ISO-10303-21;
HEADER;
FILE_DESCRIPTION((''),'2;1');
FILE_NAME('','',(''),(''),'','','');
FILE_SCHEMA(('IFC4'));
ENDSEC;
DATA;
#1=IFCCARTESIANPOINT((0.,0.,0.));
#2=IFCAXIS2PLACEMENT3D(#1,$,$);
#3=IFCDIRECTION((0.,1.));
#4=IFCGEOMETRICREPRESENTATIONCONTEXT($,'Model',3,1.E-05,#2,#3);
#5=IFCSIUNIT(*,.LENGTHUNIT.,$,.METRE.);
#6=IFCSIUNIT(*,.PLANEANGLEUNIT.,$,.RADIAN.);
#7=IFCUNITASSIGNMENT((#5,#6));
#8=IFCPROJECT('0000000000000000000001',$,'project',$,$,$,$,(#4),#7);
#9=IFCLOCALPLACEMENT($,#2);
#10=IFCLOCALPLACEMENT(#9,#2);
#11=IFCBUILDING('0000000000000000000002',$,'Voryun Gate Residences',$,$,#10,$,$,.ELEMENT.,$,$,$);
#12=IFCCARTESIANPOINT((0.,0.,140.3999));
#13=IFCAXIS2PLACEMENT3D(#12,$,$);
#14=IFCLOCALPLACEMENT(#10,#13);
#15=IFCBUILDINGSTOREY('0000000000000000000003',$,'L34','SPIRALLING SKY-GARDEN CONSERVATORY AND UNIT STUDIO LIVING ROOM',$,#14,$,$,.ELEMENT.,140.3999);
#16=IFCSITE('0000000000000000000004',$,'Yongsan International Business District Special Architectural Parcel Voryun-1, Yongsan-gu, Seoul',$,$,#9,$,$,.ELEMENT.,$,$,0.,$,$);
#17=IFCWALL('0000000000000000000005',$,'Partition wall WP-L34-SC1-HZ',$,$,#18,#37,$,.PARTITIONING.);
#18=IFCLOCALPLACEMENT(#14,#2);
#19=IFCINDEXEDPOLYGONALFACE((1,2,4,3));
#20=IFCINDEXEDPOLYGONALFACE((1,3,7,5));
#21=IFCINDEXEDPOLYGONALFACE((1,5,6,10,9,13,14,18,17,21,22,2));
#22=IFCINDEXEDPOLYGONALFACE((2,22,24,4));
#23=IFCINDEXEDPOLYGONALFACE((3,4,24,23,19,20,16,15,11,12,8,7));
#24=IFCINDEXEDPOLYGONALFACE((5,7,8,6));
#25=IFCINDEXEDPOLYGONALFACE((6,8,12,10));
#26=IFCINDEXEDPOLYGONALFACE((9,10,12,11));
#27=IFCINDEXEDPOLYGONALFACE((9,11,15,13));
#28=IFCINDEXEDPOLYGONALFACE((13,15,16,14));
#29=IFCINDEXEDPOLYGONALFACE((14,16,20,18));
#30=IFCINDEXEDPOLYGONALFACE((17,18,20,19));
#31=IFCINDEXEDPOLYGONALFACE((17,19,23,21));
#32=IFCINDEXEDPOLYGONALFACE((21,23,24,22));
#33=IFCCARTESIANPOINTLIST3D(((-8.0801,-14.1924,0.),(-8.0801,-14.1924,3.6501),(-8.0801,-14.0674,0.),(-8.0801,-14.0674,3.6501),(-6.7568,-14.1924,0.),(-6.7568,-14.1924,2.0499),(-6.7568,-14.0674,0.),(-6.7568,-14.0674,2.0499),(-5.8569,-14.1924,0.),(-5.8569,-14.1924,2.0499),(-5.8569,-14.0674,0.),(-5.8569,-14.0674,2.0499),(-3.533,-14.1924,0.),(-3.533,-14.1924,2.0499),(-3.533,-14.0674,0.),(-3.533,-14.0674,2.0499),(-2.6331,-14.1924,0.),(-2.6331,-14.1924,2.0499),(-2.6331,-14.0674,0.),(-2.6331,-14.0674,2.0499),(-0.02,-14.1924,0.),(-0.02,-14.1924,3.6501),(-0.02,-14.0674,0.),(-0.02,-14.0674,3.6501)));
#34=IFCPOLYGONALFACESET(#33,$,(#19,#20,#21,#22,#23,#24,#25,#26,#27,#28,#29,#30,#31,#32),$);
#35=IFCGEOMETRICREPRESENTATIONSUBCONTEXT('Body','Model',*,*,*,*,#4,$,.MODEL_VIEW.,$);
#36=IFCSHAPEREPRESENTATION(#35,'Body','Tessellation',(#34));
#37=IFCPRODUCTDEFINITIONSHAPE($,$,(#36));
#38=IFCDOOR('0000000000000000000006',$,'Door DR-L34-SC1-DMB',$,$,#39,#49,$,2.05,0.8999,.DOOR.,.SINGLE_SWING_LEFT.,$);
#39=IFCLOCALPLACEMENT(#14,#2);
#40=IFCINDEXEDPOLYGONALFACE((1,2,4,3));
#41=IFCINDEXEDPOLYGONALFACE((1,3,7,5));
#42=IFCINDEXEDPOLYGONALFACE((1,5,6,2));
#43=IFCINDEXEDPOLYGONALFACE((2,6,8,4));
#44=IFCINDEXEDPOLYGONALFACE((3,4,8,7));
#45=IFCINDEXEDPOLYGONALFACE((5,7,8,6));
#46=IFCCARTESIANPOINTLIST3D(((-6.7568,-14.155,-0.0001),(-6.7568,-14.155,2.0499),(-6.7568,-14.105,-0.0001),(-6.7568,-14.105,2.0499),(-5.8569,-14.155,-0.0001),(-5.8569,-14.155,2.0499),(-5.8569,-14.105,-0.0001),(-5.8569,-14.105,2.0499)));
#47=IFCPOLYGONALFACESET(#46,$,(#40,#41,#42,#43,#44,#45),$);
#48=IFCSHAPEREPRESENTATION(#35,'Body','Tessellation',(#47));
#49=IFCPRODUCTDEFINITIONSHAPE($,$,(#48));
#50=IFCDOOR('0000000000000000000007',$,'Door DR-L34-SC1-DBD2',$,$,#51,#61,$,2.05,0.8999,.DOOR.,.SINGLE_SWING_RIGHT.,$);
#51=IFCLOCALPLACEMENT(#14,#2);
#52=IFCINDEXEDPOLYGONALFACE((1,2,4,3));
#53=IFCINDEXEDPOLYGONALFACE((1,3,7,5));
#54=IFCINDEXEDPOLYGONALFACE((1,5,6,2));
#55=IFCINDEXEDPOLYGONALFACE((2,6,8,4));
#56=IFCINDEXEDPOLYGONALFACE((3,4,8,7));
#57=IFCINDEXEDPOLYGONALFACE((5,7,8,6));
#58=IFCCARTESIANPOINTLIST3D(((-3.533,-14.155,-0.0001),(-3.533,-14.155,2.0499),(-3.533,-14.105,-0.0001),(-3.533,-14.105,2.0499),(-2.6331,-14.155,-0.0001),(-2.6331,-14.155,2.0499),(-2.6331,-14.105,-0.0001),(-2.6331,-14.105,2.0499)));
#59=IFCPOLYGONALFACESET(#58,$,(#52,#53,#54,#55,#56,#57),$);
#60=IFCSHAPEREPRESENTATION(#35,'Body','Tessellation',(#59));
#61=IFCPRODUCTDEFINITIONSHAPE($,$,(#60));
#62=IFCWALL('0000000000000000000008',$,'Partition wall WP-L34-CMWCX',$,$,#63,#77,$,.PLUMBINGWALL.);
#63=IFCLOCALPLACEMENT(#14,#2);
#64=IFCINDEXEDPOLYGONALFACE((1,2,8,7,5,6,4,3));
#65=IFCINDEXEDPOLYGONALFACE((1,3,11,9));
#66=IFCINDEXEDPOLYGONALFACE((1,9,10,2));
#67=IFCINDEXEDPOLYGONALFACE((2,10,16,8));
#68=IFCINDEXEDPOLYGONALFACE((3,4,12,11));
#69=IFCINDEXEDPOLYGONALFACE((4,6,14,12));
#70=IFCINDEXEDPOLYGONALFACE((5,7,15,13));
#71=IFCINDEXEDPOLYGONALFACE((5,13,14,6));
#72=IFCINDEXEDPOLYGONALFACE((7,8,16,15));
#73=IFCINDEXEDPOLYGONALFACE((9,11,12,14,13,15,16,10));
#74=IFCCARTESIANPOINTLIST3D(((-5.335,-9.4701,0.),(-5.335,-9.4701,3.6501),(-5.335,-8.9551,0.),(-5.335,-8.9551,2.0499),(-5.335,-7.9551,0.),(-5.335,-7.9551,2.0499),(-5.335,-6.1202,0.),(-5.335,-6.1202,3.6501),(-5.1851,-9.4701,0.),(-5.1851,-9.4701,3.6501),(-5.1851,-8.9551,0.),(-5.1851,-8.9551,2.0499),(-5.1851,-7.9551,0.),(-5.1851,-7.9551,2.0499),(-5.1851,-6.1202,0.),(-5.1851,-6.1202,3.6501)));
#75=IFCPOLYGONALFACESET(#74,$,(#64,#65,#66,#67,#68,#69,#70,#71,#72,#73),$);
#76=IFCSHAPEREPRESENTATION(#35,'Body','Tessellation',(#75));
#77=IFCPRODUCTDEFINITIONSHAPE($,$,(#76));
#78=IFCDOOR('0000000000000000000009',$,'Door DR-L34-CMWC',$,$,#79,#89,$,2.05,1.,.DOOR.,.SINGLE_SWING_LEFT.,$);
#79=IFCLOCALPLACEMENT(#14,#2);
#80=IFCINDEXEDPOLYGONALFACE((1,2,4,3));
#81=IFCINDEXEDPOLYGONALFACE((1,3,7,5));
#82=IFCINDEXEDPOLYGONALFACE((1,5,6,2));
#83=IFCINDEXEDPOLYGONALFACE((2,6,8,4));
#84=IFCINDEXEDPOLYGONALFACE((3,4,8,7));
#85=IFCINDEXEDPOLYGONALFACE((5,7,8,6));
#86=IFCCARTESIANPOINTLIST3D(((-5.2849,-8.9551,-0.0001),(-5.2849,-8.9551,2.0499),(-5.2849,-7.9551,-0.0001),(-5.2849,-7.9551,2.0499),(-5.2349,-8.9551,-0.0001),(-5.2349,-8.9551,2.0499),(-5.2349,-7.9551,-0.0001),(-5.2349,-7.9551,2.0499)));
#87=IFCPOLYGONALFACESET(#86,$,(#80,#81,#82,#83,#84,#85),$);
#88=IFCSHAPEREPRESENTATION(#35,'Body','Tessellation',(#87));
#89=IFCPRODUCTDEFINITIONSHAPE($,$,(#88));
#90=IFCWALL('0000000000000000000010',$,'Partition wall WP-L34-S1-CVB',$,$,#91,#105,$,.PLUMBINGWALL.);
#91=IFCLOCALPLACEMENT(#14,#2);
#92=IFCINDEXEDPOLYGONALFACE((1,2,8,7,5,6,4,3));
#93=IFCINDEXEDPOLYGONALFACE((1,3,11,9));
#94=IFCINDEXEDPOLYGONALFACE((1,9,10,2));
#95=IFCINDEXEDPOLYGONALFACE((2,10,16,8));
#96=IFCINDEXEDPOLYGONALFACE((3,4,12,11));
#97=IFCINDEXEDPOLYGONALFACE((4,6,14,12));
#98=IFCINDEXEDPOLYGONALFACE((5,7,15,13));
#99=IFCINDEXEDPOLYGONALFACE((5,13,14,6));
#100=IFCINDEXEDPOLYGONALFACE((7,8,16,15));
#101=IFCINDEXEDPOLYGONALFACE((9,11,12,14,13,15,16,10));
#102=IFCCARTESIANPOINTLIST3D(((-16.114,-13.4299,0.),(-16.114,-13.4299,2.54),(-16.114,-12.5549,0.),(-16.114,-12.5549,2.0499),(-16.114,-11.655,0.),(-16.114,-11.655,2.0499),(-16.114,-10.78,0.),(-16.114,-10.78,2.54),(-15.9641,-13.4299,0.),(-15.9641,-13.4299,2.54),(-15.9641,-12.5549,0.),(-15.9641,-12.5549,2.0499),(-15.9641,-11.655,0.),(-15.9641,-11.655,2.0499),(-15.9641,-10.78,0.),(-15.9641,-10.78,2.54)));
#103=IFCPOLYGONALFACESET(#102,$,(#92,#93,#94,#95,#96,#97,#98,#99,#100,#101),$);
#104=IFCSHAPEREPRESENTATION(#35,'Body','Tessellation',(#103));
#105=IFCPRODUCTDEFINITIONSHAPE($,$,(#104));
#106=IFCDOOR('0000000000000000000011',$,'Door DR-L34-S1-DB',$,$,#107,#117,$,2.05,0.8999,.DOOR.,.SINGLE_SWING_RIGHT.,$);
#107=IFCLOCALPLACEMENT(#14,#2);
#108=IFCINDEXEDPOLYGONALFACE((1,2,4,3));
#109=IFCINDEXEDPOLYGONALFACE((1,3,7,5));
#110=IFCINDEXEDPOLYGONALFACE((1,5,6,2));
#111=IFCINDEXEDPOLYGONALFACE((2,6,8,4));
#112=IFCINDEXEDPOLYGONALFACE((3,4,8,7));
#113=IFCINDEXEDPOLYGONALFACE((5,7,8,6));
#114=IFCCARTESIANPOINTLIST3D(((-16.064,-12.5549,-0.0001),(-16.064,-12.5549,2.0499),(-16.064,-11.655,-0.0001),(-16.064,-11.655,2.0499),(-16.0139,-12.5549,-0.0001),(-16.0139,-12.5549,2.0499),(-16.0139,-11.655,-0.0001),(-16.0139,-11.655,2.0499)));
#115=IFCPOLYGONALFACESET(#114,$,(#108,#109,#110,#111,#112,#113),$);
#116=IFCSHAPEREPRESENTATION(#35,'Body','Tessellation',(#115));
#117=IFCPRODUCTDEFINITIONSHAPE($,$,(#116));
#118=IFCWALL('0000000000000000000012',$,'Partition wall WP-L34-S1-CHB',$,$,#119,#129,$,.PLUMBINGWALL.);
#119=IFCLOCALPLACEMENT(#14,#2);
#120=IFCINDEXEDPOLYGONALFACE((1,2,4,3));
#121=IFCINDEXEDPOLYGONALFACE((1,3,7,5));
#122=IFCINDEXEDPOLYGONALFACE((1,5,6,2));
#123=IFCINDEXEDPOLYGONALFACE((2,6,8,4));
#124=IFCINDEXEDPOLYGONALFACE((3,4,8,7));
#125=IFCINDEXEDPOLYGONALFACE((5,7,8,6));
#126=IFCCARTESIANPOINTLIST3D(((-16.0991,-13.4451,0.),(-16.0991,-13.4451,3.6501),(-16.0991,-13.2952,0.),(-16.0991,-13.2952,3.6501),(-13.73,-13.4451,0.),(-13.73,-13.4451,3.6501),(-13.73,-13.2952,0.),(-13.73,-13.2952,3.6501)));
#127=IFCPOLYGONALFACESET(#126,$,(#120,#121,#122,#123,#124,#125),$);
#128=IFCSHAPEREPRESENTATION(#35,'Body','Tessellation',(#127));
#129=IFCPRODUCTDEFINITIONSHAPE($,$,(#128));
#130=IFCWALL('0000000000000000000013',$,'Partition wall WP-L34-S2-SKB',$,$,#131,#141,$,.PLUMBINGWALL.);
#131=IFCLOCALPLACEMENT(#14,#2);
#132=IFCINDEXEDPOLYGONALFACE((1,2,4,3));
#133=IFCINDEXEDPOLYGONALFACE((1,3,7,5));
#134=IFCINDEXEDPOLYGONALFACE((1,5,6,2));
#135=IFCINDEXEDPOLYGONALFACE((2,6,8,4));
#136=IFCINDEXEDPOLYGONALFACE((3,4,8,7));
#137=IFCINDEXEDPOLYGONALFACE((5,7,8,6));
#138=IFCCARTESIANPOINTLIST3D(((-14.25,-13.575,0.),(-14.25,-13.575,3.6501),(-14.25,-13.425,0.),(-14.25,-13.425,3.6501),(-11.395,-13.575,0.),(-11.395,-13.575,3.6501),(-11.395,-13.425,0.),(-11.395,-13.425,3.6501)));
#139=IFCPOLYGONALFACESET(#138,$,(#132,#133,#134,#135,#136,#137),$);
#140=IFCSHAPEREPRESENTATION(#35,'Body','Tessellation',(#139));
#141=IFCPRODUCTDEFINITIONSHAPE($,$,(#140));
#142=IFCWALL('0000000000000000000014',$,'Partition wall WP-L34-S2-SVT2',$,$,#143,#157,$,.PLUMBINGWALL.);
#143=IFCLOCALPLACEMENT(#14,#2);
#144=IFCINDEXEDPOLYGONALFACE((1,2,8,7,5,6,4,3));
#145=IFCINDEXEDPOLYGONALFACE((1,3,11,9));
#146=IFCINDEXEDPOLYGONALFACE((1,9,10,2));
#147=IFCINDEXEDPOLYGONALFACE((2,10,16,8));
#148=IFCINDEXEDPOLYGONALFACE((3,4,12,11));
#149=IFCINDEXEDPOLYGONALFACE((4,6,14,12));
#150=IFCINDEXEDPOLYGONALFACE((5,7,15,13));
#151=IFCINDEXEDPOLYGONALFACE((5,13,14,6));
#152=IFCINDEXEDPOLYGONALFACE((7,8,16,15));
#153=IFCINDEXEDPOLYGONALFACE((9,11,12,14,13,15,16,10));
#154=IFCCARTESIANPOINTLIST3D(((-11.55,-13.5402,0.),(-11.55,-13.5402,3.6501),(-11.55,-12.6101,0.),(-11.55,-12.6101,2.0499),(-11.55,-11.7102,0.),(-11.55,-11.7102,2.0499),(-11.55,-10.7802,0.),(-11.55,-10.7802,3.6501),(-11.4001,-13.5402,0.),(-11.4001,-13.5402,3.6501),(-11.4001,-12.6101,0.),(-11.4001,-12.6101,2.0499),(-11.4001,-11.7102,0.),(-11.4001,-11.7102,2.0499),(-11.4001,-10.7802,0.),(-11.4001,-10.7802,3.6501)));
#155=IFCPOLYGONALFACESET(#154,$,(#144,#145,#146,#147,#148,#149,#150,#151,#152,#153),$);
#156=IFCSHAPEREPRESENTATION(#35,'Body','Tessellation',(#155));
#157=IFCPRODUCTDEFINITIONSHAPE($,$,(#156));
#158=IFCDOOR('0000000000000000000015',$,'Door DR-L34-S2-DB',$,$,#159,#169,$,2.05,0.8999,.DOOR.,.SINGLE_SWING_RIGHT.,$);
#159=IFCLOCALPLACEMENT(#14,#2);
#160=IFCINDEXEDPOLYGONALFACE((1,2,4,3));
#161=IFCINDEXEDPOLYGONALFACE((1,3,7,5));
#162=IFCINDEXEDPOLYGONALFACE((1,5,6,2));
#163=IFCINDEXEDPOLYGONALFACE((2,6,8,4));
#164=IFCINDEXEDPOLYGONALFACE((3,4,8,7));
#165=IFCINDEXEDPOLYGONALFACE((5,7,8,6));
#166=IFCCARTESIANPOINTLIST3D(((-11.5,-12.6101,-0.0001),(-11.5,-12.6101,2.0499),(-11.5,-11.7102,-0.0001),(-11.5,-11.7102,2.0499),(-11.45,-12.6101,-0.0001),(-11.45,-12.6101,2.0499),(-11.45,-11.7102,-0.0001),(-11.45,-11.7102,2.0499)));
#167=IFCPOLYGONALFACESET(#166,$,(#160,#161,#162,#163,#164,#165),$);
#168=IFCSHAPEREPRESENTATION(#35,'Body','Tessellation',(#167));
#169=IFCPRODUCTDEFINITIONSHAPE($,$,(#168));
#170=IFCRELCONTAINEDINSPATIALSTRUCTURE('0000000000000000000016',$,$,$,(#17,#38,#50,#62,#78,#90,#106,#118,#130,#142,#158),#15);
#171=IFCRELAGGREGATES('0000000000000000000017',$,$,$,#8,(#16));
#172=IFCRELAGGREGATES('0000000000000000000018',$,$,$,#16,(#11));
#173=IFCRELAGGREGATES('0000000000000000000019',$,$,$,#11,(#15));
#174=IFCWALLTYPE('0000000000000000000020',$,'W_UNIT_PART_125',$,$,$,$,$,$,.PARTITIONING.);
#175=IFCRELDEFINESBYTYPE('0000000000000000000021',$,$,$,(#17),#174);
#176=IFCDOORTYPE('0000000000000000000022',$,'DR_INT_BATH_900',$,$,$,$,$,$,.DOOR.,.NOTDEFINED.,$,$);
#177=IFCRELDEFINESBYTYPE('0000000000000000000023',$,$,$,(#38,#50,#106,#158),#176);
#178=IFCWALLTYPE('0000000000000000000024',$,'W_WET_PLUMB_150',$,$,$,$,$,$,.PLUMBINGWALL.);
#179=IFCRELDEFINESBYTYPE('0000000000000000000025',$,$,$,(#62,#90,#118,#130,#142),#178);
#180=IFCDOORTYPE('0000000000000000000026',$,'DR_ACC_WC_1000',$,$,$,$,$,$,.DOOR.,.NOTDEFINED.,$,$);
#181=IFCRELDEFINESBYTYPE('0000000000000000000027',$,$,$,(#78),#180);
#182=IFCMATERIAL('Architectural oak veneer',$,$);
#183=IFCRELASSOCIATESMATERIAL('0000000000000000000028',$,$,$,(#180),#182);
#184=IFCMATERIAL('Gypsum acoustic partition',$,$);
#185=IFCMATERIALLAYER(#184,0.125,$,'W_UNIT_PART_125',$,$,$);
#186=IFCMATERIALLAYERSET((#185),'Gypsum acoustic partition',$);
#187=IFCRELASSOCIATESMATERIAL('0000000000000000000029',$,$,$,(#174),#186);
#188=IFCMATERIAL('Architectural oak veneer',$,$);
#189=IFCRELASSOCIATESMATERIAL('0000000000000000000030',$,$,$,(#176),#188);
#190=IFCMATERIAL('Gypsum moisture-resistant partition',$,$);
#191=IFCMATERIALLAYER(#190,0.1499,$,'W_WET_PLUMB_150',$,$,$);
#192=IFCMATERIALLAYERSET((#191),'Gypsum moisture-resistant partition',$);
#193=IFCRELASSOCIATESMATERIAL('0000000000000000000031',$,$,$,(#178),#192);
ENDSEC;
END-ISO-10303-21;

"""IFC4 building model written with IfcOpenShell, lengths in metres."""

from ifc_helpers import new_model, si_unit, direction, frame, frame_2d, origin, place, context, subcontext, project, spatial, rectangle, extrude, material, layer, layer_set, type_object, element, fill, save


model = new_model("IFC4")

# Units and contexts
model_context = context("Model", 3, precision=1e-05, world=origin(), true_north=direction((0.0, 1.0)))
body_context = subcontext(model_context, "Body", "Model", "MODEL_VIEW")
ifc_project = project(units=[si_unit("LENGTHUNIT", "METRE"), si_unit("PLANEANGLEUNIT", "RADIAN")], contexts=[model_context])

# Site, building, storey
site_placement = place(None, origin())
site = spatial("IfcSite", under=ifc_project, at=site_placement, Name="Yongsan International Business District Special Architectural Parcel Voryun-1, Yongsan-gu, Seoul", CompositionType="ELEMENT", RefElevation=0.0)
building_placement = place(site_placement, origin())
building = spatial("IfcBuilding", under=site, at=building_placement, Name="Voryun Gate Residences", CompositionType="ELEMENT")
storey_placement = place(building_placement, frame((0.0, 0.0, 140.3999)))
storey = spatial("IfcBuildingStorey", under=building, at=storey_placement, Name="L34", Description="SPIRALLING SKY-GARDEN CONSERVATORY AND UNIT STUDIO LIVING ROOM", CompositionType="ELEMENT", Elevation=140.3999)

# Shared definitions
ifc_material_1 = material(Name="Architectural oak veneer")
door_type_1 = type_object("IfcDoorType", Name="DR_ACC_WC_1000", OperationType="NOTDEFINED", PredefinedType="DOOR", material=ifc_material_1)
ifc_material_2 = material(Name="Gypsum acoustic partition")
ifc_layer_1 = layer(ifc_material_2, 0.125, Name="W_UNIT_PART_125")
ifc_layer_set_1 = layer_set([ifc_layer_1], Name="Gypsum acoustic partition")
wall_type_1 = type_object("IfcWallType", Name="W_UNIT_PART_125", PredefinedType="PARTITIONING", material=ifc_layer_set_1)
ifc_material_3 = material(Name="Architectural oak veneer")
door_type_2 = type_object("IfcDoorType", Name="DR_INT_BATH_900", OperationType="NOTDEFINED", PredefinedType="DOOR", material=ifc_material_3)

# Wall, openings, doors
wall_1_placement = place(storey_placement, frame((-8.0801, -14.1299, 0.0), z_axis=(0.0, 0.0, 1.0), x_axis=(1.0, 0.0, 0.0)))
wall_1 = element("IfcWall", 1, at=wall_1_placement, inside=storey, type_object=wall_type_1, Name="Partition wall WP-L34-SC1-HZ", PredefinedType="PARTITIONING", context=body_context, shape_type="SweptSolid", body=[
    extrude(rectangle(XDim=8.0601, YDim=0.125, at=frame_2d((4.03, 0.0))), origin(), (0.0, 0.0, 1.0), 3.6501),
])
opening_1_placement = place(wall_1_placement, frame((1.3232, 0.0, 0.0)))
opening_1 = element("IfcOpeningElement", 2, at=opening_1_placement, cuts=wall_1, PredefinedType="OPENING", context=body_context, shape_type="SweptSolid", body=[
    extrude(rectangle(XDim=0.8999, YDim=2.05, at=frame_2d((0.45, 1.0249))), frame((0.0, 0.0725, 0.0), z_axis=(0.0, -1.0, 0.0), x_axis=(1.0, 0.0, 0.0)), (0.0, 0.0, 1.0), 0.145),
])
opening_2_placement = place(wall_1_placement, frame((4.5471, 0.0, 0.0)))
opening_2 = element("IfcOpeningElement", 3, at=opening_2_placement, cuts=wall_1, PredefinedType="OPENING", context=body_context, shape_type="SweptSolid", body=[
    extrude(rectangle(XDim=0.8999, YDim=2.05, at=frame_2d((0.45, 1.0249))), frame((0.0, 0.0725, 0.0), z_axis=(0.0, -1.0, 0.0), x_axis=(1.0, 0.0, 0.0)), (0.0, 0.0, 1.0), 0.145),
])
door_1_placement = place(opening_1_placement, origin())
door_1 = element("IfcDoor", 4, at=door_1_placement, inside=storey, type_object=door_type_2, Name="Door DR-L34-SC1-DMB", OperationType="SINGLE_SWING_LEFT", OverallHeight=2.05, OverallWidth=0.8999, PredefinedType="DOOR", context=body_context, shape_type="SweptSolid", body=[
    extrude(rectangle(XDim=0.8999, YDim=2.05, at=frame_2d((0.45, 1.0249))), frame((0.0, 0.0249, 0.0), z_axis=(0.0, -1.0, 0.0), x_axis=(1.0, 0.0, 0.0)), (0.0, 0.0, 1.0), 0.05),
])
fill(opening_1, door_1)
door_2_placement = place(opening_2_placement, origin())
door_2 = element("IfcDoor", 5, at=door_2_placement, inside=storey, type_object=door_type_2, Name="Door DR-L34-SC1-DBD2", OperationType="SINGLE_SWING_RIGHT", OverallHeight=2.05, OverallWidth=0.8999, PredefinedType="DOOR", context=body_context, shape_type="SweptSolid", body=[
    extrude(rectangle(XDim=0.8999, YDim=2.05, at=frame_2d((0.45, 1.0249))), frame((0.0, 0.0249, 0.0), z_axis=(0.0, -1.0, 0.0), x_axis=(1.0, 0.0, 0.0)), (0.0, 0.0, 1.0), 0.05),
])
fill(opening_2, door_2)

# Walls, openings, doors
ifc_material_4 = material(Name="Gypsum moisture-resistant partition")
ifc_layer_2 = layer(ifc_material_4, 0.1499, Name="W_WET_PLUMB_150")
ifc_layer_set_2 = layer_set([ifc_layer_2], Name="Gypsum moisture-resistant partition")
wall_type_2 = type_object("IfcWallType", Name="W_WET_PLUMB_150", PredefinedType="PLUMBINGWALL", material=ifc_layer_set_2)
wall_2_placement = place(storey_placement, frame((-5.26, -9.47, 0.0), z_axis=(0.0, 0.0, 1.0), x_axis=(0.0, 1.0, 0.0)))
wall_2 = element("IfcWall", 6, at=wall_2_placement, inside=storey, type_object=wall_type_2, Name="Partition wall WP-L34-CMWCX", PredefinedType="PLUMBINGWALL", context=body_context, shape_type="SweptSolid", body=[
    extrude(rectangle(XDim=3.3499, YDim=0.1499, at=frame_2d((1.6748, 0.0))), origin(), (0.0, 0.0, 1.0), 3.6501),
])
opening_3_placement = place(wall_2_placement, frame((0.5149, 0.0, 0.0)))
opening_3 = element("IfcOpeningElement", 7, at=opening_3_placement, cuts=wall_2, PredefinedType="OPENING", context=body_context, shape_type="SweptSolid", body=[
    extrude(rectangle(XDim=1.0, YDim=2.05, at=frame_2d((0.5, 1.0249))), frame((0.0, 0.085, 0.0), z_axis=(0.0, -1.0, 0.0), x_axis=(1.0, 0.0, 0.0)), (0.0, 0.0, 1.0), 0.1699),
])
door_3_placement = place(opening_3_placement, origin())
door_3 = element("IfcDoor", 8, at=door_3_placement, inside=storey, type_object=door_type_1, Name="Door DR-L34-CMWC", OperationType="SINGLE_SWING_LEFT", OverallHeight=2.05, OverallWidth=1.0, PredefinedType="DOOR", context=body_context, shape_type="SweptSolid", body=[
    extrude(rectangle(XDim=1.0, YDim=2.05, at=frame_2d((0.5, 1.0249))), frame((0.0, 0.0249, 0.0), z_axis=(0.0, -1.0, 0.0), x_axis=(1.0, 0.0, 0.0)), (0.0, 0.0, 1.0), 0.05),
])
fill(opening_3, door_3)
wall_3_placement = place(storey_placement, frame((-16.0391, -13.4299, 0.0), z_axis=(0.0, 0.0, 1.0), x_axis=(0.0, 1.0, 0.0)))
wall_3 = element("IfcWall", 9, at=wall_3_placement, inside=storey, type_object=wall_type_2, Name="Partition wall WP-L34-S1-CVB", PredefinedType="PLUMBINGWALL", context=body_context, shape_type="SweptSolid", body=[
    extrude(rectangle(XDim=2.6499, YDim=0.1499, at=frame_2d((1.325, 0.0))), origin(), (0.0, 0.0, 1.0), 2.54),
])
opening_4_placement = place(wall_3_placement, frame((0.875, 0.0, 0.0)))
opening_4 = element("IfcOpeningElement", 10, at=opening_4_placement, cuts=wall_3, PredefinedType="OPENING", context=body_context, shape_type="SweptSolid", body=[
    extrude(rectangle(XDim=0.8999, YDim=2.05, at=frame_2d((0.45, 1.0249))), frame((0.0, 0.085, 0.0), z_axis=(0.0, -1.0, 0.0), x_axis=(1.0, 0.0, 0.0)), (0.0, 0.0, 1.0), 0.1699),
])
door_4_placement = place(opening_4_placement, origin())
door_4 = element("IfcDoor", 11, at=door_4_placement, inside=storey, type_object=door_type_2, Name="Door DR-L34-S1-DB", OperationType="SINGLE_SWING_RIGHT", OverallHeight=2.05, OverallWidth=0.8999, PredefinedType="DOOR", context=body_context, shape_type="SweptSolid", body=[
    extrude(rectangle(XDim=0.8999, YDim=2.05, at=frame_2d((0.45, 1.0249))), frame((0.0, 0.0249, 0.0), z_axis=(0.0, -1.0, 0.0), x_axis=(1.0, 0.0, 0.0)), (0.0, 0.0, 1.0), 0.05),
])
fill(opening_4, door_4)

# Walls
wall_4_placement = place(storey_placement, frame((-16.0991, -13.3701, 0.0), z_axis=(0.0, 0.0, 1.0), x_axis=(1.0, 0.0, 0.0)))
element("IfcWall", 12, at=wall_4_placement, inside=storey, type_object=wall_type_2, Name="Partition wall WP-L34-S1-CHB", PredefinedType="PLUMBINGWALL", context=body_context, shape_type="SweptSolid", body=[
    extrude(rectangle(XDim=2.3691, YDim=0.1499, at=frame_2d((1.1846, 0.0))), origin(), (0.0, 0.0, 1.0), 3.6501),
])
wall_5_placement = place(storey_placement, frame((-14.25, -13.5, 0.0), z_axis=(0.0, 0.0, 1.0), x_axis=(1.0, 0.0, 0.0)))
element("IfcWall", 13, at=wall_5_placement, inside=storey, type_object=wall_type_2, Name="Partition wall WP-L34-S2-SKB", PredefinedType="PLUMBINGWALL", context=body_context, shape_type="SweptSolid", body=[
    extrude(rectangle(XDim=2.855, YDim=0.1499, at=frame_2d((1.4275, 0.0))), origin(), (0.0, 0.0, 1.0), 3.6501),
])

# Wall, opening, door
wall_6_placement = place(storey_placement, frame((-11.4751, -13.54, 0.0), z_axis=(0.0, 0.0, 1.0), x_axis=(0.0, 1.0, 0.0)))
wall_6 = element("IfcWall", 14, at=wall_6_placement, inside=storey, type_object=wall_type_2, Name="Partition wall WP-L34-S2-SVT2", PredefinedType="PLUMBINGWALL", context=body_context, shape_type="SweptSolid", body=[
    extrude(rectangle(XDim=2.76, YDim=0.1499, at=frame_2d((1.3799, 0.0))), origin(), (0.0, 0.0, 1.0), 3.6501),
])
opening_5_placement = place(wall_6_placement, frame((0.9299, 0.0, 0.0)))
opening_5 = element("IfcOpeningElement", 15, at=opening_5_placement, cuts=wall_6, PredefinedType="OPENING", context=body_context, shape_type="SweptSolid", body=[
    extrude(rectangle(XDim=0.8999, YDim=2.05, at=frame_2d((0.45, 1.0249))), frame((0.0, 0.085, 0.0), z_axis=(0.0, -1.0, 0.0), x_axis=(1.0, 0.0, 0.0)), (0.0, 0.0, 1.0), 0.1699),
])
door_5_placement = place(opening_5_placement, origin())
door_5 = element("IfcDoor", 16, at=door_5_placement, inside=storey, type_object=door_type_2, Name="Door DR-L34-S2-DB", OperationType="SINGLE_SWING_RIGHT", OverallHeight=2.05, OverallWidth=0.8999, PredefinedType="DOOR", context=body_context, shape_type="SweptSolid", body=[
    extrude(rectangle(XDim=0.8999, YDim=2.05, at=frame_2d((0.45, 1.0249))), frame((0.0, 0.0249, 0.0), z_axis=(0.0, -1.0, 0.0), x_axis=(1.0, 0.0, 0.0)), (0.0, 0.0, 1.0), 0.05),
])
fill(opening_5, door_5)

save(model, "model.ifc")
